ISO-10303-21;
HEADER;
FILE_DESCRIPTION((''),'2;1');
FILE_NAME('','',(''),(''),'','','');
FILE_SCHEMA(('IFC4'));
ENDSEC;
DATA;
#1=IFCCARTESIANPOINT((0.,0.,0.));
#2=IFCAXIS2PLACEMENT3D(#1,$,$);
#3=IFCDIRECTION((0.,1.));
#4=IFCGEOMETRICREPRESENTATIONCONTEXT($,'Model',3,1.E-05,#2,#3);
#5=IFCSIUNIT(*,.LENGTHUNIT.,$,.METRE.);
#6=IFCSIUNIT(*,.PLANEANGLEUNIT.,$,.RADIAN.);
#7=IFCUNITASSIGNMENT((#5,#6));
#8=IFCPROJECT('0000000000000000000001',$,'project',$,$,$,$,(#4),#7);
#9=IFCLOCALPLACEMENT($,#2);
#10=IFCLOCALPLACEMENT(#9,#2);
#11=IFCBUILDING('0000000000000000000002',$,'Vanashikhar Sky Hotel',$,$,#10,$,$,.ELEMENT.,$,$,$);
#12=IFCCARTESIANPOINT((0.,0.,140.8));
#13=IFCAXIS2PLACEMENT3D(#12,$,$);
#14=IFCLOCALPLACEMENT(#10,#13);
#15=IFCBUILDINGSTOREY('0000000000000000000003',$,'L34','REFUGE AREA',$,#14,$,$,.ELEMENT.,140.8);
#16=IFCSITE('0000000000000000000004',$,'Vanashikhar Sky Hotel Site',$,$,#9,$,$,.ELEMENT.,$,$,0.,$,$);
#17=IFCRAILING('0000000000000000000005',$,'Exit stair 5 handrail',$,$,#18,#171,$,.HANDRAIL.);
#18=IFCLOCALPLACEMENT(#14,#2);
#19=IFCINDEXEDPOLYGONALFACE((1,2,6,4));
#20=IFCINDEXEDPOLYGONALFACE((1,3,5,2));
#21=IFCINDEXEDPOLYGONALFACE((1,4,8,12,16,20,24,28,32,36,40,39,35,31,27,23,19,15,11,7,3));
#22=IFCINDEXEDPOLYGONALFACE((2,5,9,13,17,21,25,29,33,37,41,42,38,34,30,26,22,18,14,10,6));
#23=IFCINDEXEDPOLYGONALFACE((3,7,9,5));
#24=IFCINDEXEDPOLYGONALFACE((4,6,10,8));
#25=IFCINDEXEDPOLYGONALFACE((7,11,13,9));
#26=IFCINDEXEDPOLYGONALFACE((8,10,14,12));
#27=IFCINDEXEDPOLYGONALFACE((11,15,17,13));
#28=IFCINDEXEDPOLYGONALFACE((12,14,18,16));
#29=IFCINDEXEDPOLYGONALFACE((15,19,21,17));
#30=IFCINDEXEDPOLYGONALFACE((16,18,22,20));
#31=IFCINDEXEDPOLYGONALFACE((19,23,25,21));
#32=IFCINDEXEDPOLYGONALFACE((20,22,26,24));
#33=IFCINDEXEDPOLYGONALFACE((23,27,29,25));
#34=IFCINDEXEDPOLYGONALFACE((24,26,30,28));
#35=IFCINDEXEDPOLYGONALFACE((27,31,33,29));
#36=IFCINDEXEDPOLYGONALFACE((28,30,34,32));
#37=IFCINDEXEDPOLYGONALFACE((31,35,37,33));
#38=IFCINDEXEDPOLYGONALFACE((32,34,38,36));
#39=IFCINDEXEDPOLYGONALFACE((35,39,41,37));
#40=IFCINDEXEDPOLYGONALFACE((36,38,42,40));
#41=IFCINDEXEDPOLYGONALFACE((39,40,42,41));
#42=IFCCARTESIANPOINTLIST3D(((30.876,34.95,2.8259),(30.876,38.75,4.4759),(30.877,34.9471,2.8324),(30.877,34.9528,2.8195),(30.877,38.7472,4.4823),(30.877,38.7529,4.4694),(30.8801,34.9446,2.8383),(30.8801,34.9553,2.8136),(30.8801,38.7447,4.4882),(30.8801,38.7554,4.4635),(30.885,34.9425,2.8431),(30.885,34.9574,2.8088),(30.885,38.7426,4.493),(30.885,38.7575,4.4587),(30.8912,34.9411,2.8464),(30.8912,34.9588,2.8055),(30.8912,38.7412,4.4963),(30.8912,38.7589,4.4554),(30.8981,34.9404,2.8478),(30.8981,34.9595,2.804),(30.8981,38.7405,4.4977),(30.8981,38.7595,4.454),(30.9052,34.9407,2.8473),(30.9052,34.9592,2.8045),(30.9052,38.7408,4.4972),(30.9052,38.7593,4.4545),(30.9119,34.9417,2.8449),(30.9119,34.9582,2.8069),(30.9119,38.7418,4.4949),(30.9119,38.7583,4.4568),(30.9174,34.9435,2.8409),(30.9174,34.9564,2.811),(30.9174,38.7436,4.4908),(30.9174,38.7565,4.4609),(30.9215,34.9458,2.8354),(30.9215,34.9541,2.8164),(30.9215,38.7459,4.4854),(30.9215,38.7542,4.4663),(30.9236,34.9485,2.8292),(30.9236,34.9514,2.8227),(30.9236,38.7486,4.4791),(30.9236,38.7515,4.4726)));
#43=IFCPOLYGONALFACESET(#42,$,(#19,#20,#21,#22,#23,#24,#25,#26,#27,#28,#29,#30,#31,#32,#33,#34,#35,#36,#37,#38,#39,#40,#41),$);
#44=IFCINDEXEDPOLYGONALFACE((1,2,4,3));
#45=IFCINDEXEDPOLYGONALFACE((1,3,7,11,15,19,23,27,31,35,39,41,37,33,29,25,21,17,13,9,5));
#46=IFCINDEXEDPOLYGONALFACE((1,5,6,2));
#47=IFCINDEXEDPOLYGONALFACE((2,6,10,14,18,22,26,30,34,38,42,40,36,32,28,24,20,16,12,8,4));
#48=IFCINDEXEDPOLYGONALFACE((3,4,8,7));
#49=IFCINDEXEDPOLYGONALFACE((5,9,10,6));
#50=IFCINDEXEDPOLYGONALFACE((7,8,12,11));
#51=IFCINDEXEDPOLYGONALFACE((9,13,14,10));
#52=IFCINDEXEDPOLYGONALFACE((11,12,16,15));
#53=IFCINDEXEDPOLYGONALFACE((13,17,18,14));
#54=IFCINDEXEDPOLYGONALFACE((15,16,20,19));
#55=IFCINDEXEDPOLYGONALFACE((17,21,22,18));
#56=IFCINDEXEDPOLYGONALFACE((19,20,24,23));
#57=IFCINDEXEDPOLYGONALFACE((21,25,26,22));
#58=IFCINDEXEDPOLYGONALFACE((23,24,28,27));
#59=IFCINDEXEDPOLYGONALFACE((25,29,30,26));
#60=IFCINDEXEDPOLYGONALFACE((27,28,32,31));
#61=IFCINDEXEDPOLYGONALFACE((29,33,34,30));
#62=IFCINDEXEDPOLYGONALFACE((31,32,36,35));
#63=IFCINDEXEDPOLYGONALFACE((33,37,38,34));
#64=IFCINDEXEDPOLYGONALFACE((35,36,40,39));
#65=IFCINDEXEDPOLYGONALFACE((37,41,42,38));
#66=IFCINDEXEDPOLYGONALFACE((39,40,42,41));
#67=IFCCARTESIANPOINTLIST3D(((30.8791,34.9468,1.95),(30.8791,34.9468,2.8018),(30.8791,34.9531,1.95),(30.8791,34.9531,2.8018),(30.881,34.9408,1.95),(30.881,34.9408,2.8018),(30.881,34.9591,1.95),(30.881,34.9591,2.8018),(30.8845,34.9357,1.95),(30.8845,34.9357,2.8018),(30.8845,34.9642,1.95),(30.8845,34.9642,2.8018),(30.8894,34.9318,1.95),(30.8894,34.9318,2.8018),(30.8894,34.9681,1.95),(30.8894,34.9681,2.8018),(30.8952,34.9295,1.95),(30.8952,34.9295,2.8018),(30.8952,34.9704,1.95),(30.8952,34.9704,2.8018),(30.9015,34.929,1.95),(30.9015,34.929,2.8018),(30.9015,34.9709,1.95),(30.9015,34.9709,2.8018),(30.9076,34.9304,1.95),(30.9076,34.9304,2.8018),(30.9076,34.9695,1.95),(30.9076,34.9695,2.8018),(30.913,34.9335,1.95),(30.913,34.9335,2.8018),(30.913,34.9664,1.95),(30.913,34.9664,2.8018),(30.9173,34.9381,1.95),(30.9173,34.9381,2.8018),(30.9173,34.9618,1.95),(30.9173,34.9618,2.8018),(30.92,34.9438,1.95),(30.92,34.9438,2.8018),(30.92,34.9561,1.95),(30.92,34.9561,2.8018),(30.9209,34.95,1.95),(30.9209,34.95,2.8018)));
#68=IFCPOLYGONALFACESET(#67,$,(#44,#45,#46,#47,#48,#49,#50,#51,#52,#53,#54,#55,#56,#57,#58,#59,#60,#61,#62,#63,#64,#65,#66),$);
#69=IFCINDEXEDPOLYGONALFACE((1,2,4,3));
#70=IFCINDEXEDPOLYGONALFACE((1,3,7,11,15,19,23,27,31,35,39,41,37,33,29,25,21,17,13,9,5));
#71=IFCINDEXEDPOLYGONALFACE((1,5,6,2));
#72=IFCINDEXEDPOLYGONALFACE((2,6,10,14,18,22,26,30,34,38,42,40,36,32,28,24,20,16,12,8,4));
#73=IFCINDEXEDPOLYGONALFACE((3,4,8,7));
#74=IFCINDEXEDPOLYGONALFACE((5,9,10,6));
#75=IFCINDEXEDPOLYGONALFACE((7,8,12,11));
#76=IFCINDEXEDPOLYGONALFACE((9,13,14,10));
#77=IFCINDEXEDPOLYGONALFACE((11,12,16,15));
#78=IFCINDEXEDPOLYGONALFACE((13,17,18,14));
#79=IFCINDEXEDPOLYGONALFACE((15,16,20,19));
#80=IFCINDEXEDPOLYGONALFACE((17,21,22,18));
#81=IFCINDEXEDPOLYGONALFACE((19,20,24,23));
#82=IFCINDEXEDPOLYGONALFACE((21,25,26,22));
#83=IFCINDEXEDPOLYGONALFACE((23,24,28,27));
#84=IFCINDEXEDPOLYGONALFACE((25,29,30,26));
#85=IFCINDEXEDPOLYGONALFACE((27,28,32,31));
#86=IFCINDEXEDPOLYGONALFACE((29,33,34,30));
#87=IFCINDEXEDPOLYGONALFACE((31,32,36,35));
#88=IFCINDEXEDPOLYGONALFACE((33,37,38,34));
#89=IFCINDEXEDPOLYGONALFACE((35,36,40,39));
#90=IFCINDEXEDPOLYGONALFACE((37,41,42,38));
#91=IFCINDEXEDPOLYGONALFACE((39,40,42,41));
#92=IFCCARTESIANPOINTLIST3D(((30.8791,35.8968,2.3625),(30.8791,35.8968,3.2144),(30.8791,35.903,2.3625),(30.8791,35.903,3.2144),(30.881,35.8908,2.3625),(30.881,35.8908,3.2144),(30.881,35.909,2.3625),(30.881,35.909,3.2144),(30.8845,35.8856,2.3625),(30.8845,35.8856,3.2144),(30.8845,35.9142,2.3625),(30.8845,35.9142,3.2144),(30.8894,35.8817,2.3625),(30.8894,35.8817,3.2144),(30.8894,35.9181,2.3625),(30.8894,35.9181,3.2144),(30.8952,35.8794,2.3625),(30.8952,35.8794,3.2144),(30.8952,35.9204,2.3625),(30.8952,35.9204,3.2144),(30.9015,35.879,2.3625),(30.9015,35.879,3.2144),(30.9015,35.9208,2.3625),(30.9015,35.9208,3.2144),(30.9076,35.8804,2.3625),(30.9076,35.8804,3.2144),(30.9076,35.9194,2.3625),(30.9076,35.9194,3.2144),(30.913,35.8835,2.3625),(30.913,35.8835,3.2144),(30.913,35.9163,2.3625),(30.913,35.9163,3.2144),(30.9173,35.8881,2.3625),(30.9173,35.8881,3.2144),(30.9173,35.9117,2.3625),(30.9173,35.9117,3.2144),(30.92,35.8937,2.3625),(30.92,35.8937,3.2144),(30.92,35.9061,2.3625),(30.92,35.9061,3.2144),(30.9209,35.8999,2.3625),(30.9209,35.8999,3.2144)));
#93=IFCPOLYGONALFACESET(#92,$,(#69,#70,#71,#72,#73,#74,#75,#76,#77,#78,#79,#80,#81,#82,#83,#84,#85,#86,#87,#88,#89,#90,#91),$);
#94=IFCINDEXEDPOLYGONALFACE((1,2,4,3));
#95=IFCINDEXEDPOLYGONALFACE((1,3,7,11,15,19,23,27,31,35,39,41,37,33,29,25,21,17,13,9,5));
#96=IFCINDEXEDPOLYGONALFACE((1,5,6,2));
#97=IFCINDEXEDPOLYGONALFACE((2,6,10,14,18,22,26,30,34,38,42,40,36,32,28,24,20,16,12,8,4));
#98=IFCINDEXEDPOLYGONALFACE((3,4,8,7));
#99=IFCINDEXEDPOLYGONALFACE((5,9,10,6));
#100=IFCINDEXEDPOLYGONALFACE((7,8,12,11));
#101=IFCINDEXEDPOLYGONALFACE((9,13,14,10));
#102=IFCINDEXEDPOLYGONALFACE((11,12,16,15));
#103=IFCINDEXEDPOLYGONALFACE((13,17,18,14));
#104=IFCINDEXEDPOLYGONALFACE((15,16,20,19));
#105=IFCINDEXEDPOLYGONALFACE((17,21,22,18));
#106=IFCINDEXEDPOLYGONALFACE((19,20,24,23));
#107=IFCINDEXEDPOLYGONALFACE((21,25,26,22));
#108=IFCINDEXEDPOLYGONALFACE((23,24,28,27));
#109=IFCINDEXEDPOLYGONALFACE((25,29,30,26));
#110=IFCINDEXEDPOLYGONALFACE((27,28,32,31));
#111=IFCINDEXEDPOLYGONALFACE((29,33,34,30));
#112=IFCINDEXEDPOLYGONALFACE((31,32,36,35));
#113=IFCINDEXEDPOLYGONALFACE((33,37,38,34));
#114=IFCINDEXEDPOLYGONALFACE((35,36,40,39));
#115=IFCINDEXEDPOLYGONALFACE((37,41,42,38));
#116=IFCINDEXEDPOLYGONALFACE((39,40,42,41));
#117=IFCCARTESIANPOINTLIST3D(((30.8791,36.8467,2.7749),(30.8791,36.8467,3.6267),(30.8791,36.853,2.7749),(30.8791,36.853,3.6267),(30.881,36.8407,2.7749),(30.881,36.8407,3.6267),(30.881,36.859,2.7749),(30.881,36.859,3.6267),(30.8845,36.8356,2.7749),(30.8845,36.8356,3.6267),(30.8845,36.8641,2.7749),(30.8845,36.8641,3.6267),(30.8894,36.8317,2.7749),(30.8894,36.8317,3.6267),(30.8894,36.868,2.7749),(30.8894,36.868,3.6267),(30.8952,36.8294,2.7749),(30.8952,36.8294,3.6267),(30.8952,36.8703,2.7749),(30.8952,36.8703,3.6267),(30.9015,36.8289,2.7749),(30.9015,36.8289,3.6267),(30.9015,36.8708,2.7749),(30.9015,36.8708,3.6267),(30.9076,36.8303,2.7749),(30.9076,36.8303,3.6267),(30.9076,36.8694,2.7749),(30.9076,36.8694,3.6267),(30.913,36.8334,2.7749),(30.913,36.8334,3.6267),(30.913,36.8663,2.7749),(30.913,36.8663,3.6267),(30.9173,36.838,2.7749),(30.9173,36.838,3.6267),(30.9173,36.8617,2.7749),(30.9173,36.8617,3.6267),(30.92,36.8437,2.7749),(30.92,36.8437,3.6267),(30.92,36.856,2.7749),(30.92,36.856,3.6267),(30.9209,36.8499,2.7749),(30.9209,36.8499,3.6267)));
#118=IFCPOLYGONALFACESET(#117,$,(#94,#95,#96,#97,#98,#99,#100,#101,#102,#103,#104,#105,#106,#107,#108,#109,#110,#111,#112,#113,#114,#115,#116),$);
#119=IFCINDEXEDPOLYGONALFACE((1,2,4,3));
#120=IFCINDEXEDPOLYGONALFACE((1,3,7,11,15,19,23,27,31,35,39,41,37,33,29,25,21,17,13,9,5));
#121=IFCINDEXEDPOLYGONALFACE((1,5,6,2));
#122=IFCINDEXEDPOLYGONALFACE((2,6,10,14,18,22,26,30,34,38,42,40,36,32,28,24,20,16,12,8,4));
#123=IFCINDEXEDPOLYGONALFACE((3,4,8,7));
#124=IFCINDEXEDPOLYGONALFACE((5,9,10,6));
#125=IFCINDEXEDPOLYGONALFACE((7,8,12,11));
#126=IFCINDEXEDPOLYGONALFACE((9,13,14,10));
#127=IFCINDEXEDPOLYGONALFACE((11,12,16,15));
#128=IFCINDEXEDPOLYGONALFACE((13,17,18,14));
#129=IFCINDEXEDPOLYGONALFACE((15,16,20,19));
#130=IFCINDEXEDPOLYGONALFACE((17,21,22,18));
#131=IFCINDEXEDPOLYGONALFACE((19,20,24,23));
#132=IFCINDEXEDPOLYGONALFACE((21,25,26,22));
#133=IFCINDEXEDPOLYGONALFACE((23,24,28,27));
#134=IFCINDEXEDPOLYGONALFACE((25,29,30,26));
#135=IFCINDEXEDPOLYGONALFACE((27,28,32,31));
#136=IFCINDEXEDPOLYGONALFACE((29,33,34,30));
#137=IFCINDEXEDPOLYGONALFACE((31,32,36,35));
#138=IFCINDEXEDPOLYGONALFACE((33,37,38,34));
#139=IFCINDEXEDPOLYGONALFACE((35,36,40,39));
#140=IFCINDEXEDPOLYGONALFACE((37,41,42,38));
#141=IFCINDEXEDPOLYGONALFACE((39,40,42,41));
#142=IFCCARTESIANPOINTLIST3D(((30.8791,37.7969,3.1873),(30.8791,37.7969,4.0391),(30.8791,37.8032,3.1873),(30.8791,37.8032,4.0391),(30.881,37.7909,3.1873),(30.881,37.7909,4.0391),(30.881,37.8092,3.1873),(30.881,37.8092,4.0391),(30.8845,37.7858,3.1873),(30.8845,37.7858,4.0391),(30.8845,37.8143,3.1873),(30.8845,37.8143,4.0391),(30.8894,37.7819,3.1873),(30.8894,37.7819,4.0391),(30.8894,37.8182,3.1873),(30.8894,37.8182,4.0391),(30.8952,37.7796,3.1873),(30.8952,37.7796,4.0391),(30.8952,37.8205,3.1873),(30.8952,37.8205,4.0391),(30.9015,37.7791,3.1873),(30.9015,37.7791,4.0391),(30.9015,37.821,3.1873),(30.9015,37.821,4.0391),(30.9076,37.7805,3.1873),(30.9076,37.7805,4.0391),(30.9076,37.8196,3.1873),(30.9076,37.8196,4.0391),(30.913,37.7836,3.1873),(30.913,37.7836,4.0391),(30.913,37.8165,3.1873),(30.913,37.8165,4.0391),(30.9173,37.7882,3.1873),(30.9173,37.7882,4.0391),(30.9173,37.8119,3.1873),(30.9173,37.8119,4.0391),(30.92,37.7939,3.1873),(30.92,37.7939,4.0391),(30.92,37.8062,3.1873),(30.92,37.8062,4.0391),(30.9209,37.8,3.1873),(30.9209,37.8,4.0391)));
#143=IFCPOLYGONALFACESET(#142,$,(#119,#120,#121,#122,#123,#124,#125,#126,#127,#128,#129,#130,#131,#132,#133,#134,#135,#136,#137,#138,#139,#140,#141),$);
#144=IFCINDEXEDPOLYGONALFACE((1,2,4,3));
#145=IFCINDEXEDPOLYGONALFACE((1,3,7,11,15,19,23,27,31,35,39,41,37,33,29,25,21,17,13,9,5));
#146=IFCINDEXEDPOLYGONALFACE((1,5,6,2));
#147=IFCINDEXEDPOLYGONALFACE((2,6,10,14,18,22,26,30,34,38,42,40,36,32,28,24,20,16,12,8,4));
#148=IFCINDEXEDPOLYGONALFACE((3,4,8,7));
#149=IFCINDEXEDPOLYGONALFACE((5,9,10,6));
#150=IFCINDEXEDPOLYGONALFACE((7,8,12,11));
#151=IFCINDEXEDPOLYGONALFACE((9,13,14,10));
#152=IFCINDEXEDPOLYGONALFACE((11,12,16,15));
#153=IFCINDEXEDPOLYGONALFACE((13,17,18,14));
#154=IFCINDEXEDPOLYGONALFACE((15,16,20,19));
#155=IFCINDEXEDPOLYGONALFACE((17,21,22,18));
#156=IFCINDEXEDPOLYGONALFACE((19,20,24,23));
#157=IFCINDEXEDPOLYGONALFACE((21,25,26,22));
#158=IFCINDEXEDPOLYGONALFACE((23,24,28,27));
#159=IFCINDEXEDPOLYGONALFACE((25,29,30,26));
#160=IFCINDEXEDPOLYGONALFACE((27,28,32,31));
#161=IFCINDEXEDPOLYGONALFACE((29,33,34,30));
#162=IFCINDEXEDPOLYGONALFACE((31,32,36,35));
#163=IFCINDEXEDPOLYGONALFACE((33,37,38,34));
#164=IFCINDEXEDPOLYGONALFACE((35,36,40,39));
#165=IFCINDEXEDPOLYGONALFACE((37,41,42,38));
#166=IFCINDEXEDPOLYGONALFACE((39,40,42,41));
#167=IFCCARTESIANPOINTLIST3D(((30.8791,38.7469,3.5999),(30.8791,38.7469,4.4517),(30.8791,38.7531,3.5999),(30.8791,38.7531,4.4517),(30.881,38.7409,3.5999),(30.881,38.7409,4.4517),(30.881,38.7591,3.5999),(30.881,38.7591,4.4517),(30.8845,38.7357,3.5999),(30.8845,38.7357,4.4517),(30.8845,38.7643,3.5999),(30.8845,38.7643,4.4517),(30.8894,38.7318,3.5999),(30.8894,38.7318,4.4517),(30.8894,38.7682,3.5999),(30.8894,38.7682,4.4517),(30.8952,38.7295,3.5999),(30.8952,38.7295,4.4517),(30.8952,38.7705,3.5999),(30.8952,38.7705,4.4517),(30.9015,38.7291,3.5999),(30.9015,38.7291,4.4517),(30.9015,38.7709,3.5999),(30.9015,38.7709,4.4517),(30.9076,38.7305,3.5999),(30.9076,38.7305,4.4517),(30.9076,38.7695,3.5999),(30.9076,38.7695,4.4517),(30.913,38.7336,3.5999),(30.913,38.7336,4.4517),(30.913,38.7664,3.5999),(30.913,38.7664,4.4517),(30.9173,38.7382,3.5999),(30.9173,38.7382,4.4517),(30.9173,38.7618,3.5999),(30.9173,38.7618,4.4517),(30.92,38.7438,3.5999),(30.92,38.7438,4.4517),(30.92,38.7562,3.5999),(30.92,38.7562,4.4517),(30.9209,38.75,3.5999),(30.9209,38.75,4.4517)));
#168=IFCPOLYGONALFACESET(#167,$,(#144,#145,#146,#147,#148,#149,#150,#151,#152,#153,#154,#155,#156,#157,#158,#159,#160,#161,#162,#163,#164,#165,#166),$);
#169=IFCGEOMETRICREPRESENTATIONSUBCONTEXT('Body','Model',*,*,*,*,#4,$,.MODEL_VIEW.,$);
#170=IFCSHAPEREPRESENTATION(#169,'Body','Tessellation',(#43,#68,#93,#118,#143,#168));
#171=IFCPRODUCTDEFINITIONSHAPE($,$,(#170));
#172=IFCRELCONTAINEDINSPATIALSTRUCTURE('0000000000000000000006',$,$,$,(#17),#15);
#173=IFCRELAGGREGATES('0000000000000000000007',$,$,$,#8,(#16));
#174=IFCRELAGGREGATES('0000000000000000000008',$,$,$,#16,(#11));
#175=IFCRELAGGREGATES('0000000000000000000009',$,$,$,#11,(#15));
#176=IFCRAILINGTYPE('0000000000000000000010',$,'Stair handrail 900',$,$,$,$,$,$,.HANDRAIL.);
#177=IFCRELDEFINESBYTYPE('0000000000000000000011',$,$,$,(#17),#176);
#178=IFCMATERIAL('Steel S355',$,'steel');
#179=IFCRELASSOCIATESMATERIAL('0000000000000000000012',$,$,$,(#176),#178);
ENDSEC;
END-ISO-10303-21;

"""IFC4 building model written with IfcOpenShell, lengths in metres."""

from ifc_helpers import new_model, si_unit, direction, frame, origin, origin_2d, place, context, subcontext, project, spatial, circle, extrude, source, transform, mapped, material, type_object, element, save


model = new_model("IFC4")

# Units and contexts
model_context = context("Model", 3, precision=1e-05, world=origin(), true_north=direction((0.0, 1.0)))
body_context = subcontext(model_context, "Body", "Model", "MODEL_VIEW")
ifc_project = project(units=[si_unit("LENGTHUNIT", "METRE"), si_unit("PLANEANGLEUNIT", "RADIAN")], contexts=[model_context])

# Site, building, storey
site_placement = place(None, origin())
site = spatial("IfcSite", under=ifc_project, at=site_placement, Name="Vanashikhar Sky Hotel Site", CompositionType="ELEMENT", RefElevation=0.0)
building_placement = place(site_placement, origin())
building = spatial("IfcBuilding", under=site, at=building_placement, Name="Vanashikhar Sky Hotel", CompositionType="ELEMENT")
storey_placement = place(building_placement, frame((0.0, 0.0, 140.8)))
storey = spatial("IfcBuildingStorey", under=building, at=storey_placement, Name="L34", Description="REFUGE AREA", CompositionType="ELEMENT", Elevation=140.8)

# Railing
ifc_material_1 = material(Name="Steel S355", Category="steel")
railing_type_1 = type_object("IfcRailingType", Name="Stair handrail 900", PredefinedType="HANDRAIL", material=ifc_material_1)
shared_shape_1 = source(origin(), body_context, "Body", "SweptSolid", [
    extrude(circle(Radius=0.0239, at=origin_2d()), frame((0.0, 0.0, 0.876), z_axis=(0.0, 0.917272, 0.398261), x_axis=(-1.0, 0.0, 0.0)), (0.0, 0.0, 1.0), 4.1428),
    extrude(circle(Radius=0.021, at=origin_2d()), origin(), (0.0, 0.0, 1.0), 0.8518),
    extrude(circle(Radius=0.021, at=origin_2d()), frame((0.0, 0.95, 0.4126)), (0.0, 0.0, 1.0), 0.8518),
    extrude(circle(Radius=0.021, at=origin_2d()), frame((0.0, 1.8999, 0.825)), (0.0, 0.0, 1.0), 0.8518),
    extrude(circle(Radius=0.021, at=origin_2d()), frame((0.0, 2.8501, 1.2373)), (0.0, 0.0, 1.0), 0.8518),
    extrude(circle(Radius=0.021, at=origin_2d()), frame((0.0, 3.8, 1.6499)), (0.0, 0.0, 1.0), 0.8518),
])
railing_1_placement = place(storey_placement, frame((30.8999, 34.95, 1.95)))
element("IfcRailing", 1, at=railing_1_placement, inside=storey, type_object=railing_type_1, Name="Exit stair 5 handrail", PredefinedType="HANDRAIL", context=body_context, shape_type="MappedRepresentation", body=[
    mapped(shared_shape_1, transform((0.0, 0.0, 0.0), scale=1.0)),
])

save(model, "model.ifc")
